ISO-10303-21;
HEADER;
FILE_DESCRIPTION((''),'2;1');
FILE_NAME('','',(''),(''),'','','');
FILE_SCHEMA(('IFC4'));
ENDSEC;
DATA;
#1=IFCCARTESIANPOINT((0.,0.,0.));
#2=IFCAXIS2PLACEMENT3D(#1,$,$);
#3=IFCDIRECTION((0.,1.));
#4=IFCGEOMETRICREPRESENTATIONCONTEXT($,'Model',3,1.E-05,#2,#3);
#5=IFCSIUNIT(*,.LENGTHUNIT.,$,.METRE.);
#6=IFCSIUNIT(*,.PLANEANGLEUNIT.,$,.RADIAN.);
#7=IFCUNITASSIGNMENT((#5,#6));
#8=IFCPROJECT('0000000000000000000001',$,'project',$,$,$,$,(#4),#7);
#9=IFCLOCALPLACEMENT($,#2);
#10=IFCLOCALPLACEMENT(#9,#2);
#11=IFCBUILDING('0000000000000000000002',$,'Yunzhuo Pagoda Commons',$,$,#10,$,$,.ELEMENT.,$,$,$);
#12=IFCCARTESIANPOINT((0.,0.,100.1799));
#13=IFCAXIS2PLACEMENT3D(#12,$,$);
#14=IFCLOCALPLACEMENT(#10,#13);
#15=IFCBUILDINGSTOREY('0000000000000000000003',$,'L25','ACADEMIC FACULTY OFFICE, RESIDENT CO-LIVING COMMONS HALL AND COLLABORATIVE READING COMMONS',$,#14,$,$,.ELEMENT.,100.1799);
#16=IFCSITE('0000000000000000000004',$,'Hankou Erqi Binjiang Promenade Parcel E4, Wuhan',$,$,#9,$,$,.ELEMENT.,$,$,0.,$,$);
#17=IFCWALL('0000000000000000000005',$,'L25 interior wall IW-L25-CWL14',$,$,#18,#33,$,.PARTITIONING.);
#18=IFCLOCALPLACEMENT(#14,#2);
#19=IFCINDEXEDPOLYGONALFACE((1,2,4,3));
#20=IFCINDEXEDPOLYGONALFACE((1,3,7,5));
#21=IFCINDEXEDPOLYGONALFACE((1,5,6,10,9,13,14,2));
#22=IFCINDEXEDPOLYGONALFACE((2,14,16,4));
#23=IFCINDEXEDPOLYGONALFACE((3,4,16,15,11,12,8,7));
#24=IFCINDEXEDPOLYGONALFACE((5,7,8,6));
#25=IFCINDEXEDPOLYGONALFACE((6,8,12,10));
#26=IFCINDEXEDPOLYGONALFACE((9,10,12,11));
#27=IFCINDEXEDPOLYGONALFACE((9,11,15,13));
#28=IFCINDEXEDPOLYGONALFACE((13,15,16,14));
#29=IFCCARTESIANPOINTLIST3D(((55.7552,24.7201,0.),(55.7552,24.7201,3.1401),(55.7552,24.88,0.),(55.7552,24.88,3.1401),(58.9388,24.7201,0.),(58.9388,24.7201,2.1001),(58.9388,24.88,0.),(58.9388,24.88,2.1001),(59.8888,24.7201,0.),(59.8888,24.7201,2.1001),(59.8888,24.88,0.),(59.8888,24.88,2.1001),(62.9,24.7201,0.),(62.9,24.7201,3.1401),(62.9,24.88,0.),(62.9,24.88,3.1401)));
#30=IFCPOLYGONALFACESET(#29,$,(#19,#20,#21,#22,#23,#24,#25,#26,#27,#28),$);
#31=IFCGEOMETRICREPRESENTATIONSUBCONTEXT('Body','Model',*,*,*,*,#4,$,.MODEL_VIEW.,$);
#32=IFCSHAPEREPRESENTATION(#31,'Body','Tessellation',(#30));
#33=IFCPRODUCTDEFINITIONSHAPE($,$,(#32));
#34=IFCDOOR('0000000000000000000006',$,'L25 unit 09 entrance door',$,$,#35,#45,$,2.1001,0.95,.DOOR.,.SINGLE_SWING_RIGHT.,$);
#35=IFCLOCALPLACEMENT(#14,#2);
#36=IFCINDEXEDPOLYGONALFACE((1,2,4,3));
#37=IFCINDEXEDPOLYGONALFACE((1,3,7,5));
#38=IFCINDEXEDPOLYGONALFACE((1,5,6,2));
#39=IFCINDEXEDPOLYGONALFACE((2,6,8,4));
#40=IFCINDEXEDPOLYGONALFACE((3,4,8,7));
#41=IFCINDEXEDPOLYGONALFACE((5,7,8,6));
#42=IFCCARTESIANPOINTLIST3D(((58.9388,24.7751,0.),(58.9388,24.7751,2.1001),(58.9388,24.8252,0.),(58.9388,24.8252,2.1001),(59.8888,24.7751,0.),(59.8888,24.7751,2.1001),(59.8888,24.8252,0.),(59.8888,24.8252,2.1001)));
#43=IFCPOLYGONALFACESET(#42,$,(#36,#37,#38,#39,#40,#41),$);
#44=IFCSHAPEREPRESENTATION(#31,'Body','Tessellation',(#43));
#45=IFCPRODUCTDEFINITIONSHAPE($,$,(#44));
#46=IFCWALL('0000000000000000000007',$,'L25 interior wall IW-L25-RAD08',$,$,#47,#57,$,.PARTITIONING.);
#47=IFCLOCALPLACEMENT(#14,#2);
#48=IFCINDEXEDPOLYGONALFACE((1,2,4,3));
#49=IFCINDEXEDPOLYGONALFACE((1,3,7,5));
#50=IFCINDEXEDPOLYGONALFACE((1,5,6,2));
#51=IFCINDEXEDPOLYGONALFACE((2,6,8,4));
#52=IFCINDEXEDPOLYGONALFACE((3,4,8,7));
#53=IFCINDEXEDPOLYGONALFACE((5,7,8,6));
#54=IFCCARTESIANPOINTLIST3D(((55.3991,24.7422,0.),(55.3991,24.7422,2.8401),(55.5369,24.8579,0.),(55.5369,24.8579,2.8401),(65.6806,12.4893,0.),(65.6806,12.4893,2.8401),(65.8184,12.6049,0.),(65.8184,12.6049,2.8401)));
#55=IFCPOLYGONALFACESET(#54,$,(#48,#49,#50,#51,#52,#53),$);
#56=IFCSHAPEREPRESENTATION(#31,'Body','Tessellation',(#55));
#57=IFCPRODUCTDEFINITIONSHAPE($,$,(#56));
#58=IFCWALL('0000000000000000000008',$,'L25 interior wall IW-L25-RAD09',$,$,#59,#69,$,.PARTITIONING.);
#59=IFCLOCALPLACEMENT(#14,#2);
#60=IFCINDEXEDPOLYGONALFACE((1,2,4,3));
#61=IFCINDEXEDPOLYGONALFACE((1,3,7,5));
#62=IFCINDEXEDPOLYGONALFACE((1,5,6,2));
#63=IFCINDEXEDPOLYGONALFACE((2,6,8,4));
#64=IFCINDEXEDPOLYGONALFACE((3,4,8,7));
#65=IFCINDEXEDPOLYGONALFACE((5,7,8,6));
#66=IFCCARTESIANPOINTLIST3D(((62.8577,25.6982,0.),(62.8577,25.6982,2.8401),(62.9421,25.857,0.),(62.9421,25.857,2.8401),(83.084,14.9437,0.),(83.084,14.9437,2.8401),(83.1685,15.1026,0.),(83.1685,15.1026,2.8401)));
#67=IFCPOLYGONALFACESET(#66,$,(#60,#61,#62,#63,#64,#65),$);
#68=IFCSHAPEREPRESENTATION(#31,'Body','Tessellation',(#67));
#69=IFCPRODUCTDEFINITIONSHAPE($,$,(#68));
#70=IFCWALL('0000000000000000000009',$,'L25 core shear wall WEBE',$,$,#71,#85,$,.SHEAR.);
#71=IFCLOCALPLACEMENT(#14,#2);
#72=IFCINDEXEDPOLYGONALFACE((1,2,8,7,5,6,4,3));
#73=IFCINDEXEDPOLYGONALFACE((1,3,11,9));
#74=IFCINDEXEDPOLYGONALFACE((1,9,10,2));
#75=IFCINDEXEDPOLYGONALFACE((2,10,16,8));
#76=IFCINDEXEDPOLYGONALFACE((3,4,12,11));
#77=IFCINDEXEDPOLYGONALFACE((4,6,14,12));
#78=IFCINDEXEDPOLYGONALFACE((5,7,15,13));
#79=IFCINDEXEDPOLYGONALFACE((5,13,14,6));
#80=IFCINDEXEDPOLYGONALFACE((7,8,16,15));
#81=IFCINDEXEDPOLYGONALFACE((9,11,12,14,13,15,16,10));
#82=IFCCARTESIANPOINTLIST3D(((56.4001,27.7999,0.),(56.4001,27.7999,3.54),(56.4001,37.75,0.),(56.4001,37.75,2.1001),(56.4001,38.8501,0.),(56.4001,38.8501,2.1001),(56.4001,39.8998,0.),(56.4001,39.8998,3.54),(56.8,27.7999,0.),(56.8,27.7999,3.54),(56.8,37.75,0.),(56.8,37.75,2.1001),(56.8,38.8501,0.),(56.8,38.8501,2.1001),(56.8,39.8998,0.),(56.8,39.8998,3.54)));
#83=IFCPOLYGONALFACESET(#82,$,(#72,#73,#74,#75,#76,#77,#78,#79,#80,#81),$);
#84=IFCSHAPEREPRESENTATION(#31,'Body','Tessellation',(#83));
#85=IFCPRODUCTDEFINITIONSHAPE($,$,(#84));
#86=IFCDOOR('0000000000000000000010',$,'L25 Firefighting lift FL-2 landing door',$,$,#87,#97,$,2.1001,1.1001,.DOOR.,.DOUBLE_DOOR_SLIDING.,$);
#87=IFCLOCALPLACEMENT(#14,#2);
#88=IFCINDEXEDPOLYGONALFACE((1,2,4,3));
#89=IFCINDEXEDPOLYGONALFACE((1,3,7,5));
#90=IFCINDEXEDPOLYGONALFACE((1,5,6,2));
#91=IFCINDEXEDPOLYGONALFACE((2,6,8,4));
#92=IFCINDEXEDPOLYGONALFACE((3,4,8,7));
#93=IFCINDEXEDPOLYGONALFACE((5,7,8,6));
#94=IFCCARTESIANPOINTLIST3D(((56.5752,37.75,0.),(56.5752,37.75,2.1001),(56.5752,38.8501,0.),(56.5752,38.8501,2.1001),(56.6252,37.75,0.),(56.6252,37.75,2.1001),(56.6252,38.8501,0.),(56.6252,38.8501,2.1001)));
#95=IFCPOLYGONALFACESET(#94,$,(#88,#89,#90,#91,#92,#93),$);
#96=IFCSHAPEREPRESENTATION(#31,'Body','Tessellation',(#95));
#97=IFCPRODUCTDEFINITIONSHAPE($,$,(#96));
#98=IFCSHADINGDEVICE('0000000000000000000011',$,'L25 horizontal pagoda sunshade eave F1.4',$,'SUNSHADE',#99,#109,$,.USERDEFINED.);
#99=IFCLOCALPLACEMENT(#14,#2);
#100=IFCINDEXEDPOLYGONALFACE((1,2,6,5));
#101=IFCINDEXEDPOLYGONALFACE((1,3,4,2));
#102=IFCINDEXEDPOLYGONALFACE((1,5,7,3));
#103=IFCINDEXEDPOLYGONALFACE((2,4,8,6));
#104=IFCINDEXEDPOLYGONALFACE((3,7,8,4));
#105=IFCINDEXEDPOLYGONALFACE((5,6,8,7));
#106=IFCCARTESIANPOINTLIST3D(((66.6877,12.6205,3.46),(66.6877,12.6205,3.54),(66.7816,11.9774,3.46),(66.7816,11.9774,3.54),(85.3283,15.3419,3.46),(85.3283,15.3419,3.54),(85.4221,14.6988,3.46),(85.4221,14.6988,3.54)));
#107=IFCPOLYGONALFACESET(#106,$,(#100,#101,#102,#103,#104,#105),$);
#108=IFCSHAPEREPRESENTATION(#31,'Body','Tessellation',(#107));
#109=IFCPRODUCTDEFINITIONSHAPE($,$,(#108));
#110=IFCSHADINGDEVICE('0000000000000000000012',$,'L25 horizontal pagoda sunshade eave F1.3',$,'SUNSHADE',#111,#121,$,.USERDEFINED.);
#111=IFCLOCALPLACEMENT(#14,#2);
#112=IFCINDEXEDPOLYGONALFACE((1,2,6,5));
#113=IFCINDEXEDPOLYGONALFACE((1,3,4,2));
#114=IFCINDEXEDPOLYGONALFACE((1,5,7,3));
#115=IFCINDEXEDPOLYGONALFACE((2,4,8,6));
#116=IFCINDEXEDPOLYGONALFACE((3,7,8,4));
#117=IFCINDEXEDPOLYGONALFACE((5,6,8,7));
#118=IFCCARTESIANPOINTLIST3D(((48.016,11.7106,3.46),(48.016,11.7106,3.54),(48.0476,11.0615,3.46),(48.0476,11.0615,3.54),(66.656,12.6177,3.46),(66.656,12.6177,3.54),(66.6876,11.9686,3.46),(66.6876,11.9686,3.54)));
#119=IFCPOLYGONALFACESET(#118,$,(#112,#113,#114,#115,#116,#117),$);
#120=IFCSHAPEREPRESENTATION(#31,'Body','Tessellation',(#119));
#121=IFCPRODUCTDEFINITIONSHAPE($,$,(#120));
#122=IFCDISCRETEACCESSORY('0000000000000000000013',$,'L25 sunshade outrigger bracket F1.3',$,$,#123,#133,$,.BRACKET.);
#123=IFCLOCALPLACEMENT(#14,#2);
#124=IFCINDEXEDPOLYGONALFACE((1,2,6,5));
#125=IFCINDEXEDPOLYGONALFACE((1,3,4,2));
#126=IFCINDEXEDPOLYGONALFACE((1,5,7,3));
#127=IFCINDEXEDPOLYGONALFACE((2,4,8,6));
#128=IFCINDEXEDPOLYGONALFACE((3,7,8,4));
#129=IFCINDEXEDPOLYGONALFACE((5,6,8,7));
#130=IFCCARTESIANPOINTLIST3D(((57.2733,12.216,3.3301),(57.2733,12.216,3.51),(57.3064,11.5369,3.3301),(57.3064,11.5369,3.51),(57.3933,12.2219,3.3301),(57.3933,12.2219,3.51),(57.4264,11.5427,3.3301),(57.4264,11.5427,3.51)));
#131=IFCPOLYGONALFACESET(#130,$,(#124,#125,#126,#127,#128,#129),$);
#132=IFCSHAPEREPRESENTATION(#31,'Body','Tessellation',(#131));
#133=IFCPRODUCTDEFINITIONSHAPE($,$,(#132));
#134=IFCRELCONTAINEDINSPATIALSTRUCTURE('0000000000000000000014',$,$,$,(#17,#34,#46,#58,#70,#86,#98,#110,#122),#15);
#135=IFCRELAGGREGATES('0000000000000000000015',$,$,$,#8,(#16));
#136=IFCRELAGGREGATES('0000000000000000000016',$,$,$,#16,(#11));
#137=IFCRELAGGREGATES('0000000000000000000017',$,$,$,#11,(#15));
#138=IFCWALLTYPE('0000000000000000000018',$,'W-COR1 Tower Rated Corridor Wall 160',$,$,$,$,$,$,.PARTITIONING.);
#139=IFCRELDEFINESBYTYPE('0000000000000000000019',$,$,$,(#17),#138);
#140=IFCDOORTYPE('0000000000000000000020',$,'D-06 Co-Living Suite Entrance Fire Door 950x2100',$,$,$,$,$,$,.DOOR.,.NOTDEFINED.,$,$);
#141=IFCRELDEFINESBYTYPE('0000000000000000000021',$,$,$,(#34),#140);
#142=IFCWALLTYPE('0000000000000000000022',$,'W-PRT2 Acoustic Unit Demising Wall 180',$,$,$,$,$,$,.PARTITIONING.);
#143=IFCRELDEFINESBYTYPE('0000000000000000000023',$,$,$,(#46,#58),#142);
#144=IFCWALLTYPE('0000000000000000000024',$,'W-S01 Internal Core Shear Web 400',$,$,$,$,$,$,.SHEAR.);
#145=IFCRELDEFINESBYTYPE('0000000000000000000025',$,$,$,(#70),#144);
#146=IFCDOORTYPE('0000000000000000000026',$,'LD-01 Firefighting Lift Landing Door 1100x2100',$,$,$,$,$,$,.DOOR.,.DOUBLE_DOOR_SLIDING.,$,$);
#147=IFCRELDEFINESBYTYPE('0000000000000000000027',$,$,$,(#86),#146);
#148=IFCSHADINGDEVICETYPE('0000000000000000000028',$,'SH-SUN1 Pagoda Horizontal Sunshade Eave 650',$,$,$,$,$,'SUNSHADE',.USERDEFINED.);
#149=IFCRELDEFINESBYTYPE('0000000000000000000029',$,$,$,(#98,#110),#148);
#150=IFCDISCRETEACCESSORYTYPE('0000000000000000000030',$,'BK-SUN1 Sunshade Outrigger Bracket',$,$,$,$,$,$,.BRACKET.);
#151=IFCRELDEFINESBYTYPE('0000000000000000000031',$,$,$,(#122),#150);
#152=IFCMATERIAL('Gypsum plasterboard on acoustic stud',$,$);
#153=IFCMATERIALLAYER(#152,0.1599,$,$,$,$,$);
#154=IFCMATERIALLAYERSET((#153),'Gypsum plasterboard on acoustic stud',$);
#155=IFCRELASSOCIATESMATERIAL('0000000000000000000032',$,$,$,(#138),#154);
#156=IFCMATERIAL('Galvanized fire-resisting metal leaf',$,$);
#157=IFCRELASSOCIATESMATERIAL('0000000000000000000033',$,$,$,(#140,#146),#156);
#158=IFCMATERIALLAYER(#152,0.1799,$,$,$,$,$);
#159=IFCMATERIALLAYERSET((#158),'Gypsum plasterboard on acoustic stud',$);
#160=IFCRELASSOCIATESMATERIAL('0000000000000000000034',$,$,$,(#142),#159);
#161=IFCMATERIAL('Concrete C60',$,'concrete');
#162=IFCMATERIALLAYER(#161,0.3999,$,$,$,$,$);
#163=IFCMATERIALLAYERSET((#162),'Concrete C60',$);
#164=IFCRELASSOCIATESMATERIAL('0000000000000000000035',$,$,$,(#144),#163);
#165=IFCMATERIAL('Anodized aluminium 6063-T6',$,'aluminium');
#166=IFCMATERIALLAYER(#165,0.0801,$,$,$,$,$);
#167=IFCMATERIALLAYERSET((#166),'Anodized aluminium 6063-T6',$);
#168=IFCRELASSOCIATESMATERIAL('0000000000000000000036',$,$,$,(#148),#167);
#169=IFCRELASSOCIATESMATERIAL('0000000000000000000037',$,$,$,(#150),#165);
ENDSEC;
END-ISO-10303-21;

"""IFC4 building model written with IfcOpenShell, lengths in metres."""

from ifc_helpers import new_model, si_unit, direction, frame, frame_2d, origin, origin_with_axes, origin_2d, place, context, subcontext, project, spatial, rectangle, extrude, source, transform, mapped, material, layer, layer_set, type_object, element, fill, save


model = new_model("IFC4")

# Units and contexts
model_context = context("Model", 3, precision=1e-05, world=origin(), true_north=direction((0.0, 1.0)))
body_context = subcontext(model_context, "Body", "Model", "MODEL_VIEW")
ifc_project = project(units=[si_unit("LENGTHUNIT", "METRE"), si_unit("PLANEANGLEUNIT", "RADIAN")], contexts=[model_context])

# Site, building, storey
site_placement = place(None, origin())
site = spatial("IfcSite", under=ifc_project, at=site_placement, Name="Hankou Erqi Binjiang Promenade Parcel E4, Wuhan", CompositionType="ELEMENT", RefElevation=0.0)
building_placement = place(site_placement, origin())
building = spatial("IfcBuilding", under=site, at=building_placement, Name="Yunzhuo Pagoda Commons", CompositionType="ELEMENT")
storey_placement = place(building_placement, frame((0.0, 0.0, 100.1799)))
storey = spatial("IfcBuildingStorey", under=building, at=storey_placement, Name="L25", Description="ACADEMIC FACULTY OFFICE, RESIDENT CO-LIVING COMMONS HALL AND COLLABORATIVE READING COMMONS", CompositionType="ELEMENT", Elevation=100.1799)

# Shared definitions
ifc_material_1 = material(Name="Anodized aluminium 6063-T6", Category="aluminium")

# Shared definitions
ifc_material_2 = material(Name="Concrete C60", Category="concrete")
ifc_material_3 = material(Name="Gypsum plasterboard on acoustic stud")
ifc_layer_1 = layer(ifc_material_3, 0.1599)
ifc_layer_set_1 = layer_set([ifc_layer_1], Name="Gypsum plasterboard on acoustic stud")
wall_type_1 = type_object("IfcWallType", Name="W-COR1 Tower Rated Corridor Wall 160", PredefinedType="PARTITIONING", material=ifc_layer_set_1)

# Wall, opening, door
wall_1_placement = place(storey_placement, frame((62.8999, 24.8, 0.0), z_axis=(0.0, 0.0, 1.0), x_axis=(-1.0, 0.0, 0.0)))
wall_1 = element("IfcWall", 1, at=wall_1_placement, inside=storey, type_object=wall_type_1, Name="L25 interior wall IW-L25-CWL14", PredefinedType="PARTITIONING", context=body_context, shape_type="SweptSolid", body=[
    extrude(rectangle(XDim=7.1448, YDim=0.1599, at=frame_2d((3.5723, 0.0))), origin(), (0.0, 0.0, 1.0), 3.1401),
])
opening_1_placement = place(wall_1_placement, frame((3.011, 0.0, 0.0)))
opening_1 = element("IfcOpeningElement", 2, at=opening_1_placement, cuts=wall_1, PredefinedType="OPENING", context=body_context, shape_type="SweptSolid", body=[
    extrude(rectangle(XDim=0.95, YDim=2.1001, at=frame_2d((0.4751, 1.05))), frame((0.0, 0.0898, 0.0), z_axis=(0.0, -1.0, 0.0), x_axis=(1.0, 0.0, 0.0)), (0.0, 0.0, 1.0), 0.1799),
])
ifc_material_4 = material(Name="Galvanized fire-resisting metal leaf")
door_type_1 = type_object("IfcDoorType", Name="D-06 Co-Living Suite Entrance Fire Door 950x2100", OperationType="NOTDEFINED", PredefinedType="DOOR", material=ifc_material_4)
shared_shape_1 = source(origin(), body_context, "Body", "SweptSolid", [
    extrude(rectangle(XDim=0.95, YDim=2.1001, at=frame_2d((0.4751, 1.05))), frame((0.0, 0.0249, 0.0), z_axis=(0.0, -1.0, 0.0), x_axis=(1.0, 0.0, 0.0)), (0.0, 0.0, 1.0), 0.05),
])
door_1_placement = place(opening_1_placement, origin_with_axes())
door_1 = element("IfcDoor", 3, at=door_1_placement, inside=storey, type_object=door_type_1, Name="L25 unit 09 entrance door", OperationType="SINGLE_SWING_RIGHT", OverallHeight=2.1001, OverallWidth=0.95, PredefinedType="DOOR", context=body_context, shape_type="MappedRepresentation", body=[
    mapped(shared_shape_1, transform((0.0, 0.0, 0.0), scale=1.0)),
])
fill(opening_1, door_1)

# Walls
ifc_layer_2 = layer(ifc_material_3, 0.1799)
ifc_layer_set_2 = layer_set([ifc_layer_2], Name="Gypsum plasterboard on acoustic stud")
wall_type_2 = type_object("IfcWallType", Name="W-PRT2 Acoustic Unit Demising Wall 180", PredefinedType="PARTITIONING", material=ifc_layer_set_2)
wall_2_placement = place(storey_placement, frame((55.468, 24.8, 0.0), z_axis=(0.0, 0.0, 1.0), x_axis=(0.64279, -0.766042, 0.0)))
element("IfcWall", 4, at=wall_2_placement, inside=storey, type_object=wall_type_2, Name="L25 interior wall IW-L25-RAD08", PredefinedType="PARTITIONING", context=body_context, shape_type="SweptSolid", body=[
    extrude(rectangle(XDim=15.9951, YDim=0.1799, at=frame_2d((7.9976, 0.0))), origin(), (0.0, 0.0, 1.0), 2.8401),
])
wall_3_placement = place(storey_placement, frame((62.8999, 25.7776, 0.0), z_axis=(0.0, 0.0, 1.0), x_axis=(0.88295, -0.469467, 0.0)))
element("IfcWall", 5, at=wall_3_placement, inside=storey, type_object=wall_type_2, Name="L25 interior wall IW-L25-RAD09", PredefinedType="PARTITIONING", context=body_context, shape_type="SweptSolid", body=[
    extrude(rectangle(XDim=22.9077, YDim=0.1799, at=frame_2d((11.4539, 0.0))), origin(), (0.0, 0.0, 1.0), 2.8401),
])

# Wall, opening, door
ifc_layer_3 = layer(ifc_material_2, 0.3999)
ifc_layer_set_3 = layer_set([ifc_layer_3], Name="Concrete C60")
wall_type_3 = type_object("IfcWallType", Name="W-S01 Internal Core Shear Web 400", PredefinedType="SHEAR", material=ifc_layer_set_3)
wall_4_placement = place(storey_placement, frame((56.6001, 27.8, 0.0), z_axis=(0.0, 0.0, 1.0), x_axis=(0.0, 1.0, 0.0)))
wall_4 = element("IfcWall", 6, at=wall_4_placement, inside=storey, type_object=wall_type_3, Name="L25 core shear wall WEBE", PredefinedType="SHEAR", context=body_context, shape_type="SweptSolid", body=[
    extrude(rectangle(XDim=12.0999, YDim=0.3999, at=frame_2d((6.0498, 0.0))), origin(), (0.0, 0.0, 1.0), 3.54),
])
opening_2_placement = place(wall_4_placement, frame((9.95, 0.0, 0.0)))
opening_2 = element("IfcOpeningElement", 7, at=opening_2_placement, cuts=wall_4, PredefinedType="OPENING", context=body_context, shape_type="SweptSolid", body=[
    extrude(rectangle(XDim=1.1001, YDim=2.1001, at=frame_2d((0.55, 1.05))), frame((0.0, 0.21, 0.0), z_axis=(0.0, -1.0, 0.0), x_axis=(1.0, 0.0, 0.0)), (0.0, 0.0, 1.0), 0.4199),
])
door_type_2 = type_object("IfcDoorType", Name="LD-01 Firefighting Lift Landing Door 1100x2100", OperationType="DOUBLE_DOOR_SLIDING", PredefinedType="DOOR", material=ifc_material_4)
shared_shape_2 = source(origin(), body_context, "Body", "SweptSolid", [
    extrude(rectangle(XDim=1.1001, YDim=2.1001, at=frame_2d((0.55, 1.05))), frame((0.0, 0.0249, 0.0), z_axis=(0.0, -1.0, 0.0), x_axis=(1.0, 0.0, 0.0)), (0.0, 0.0, 1.0), 0.05),
])
door_2_placement = place(opening_2_placement, origin_with_axes())
door_2 = element("IfcDoor", 8, at=door_2_placement, inside=storey, type_object=door_type_2, Name="L25 Firefighting lift FL-2 landing door", OperationType="DOUBLE_DOOR_SLIDING", OverallHeight=2.1001, OverallWidth=1.1001, PredefinedType="DOOR", context=body_context, shape_type="MappedRepresentation", body=[
    mapped(shared_shape_2, transform((0.0, 0.0, 0.0), scale=1.0)),
])
fill(opening_2, door_2)

# Shading devices
ifc_layer_4 = layer(ifc_material_1, 0.0801)
ifc_layer_set_4 = layer_set([ifc_layer_4], Name="Anodized aluminium 6063-T6")
shading_device_type = type_object("IfcShadingDeviceType", Name="SH-SUN1 Pagoda Horizontal Sunshade Eave 650", ElementType="SUNSHADE", PredefinedType="USERDEFINED", material=ifc_layer_set_4)
shared_shape_3 = source(origin(), body_context, "Body", "SweptSolid", [
    extrude(rectangle(XDim=18.8381, YDim=0.6499, at=origin_2d()), origin(), (0.0, 0.0, 1.0), 0.0801),
])
shading_device_1_placement = place(storey_placement, frame((76.0549, 13.6597, 3.46), z_axis=(0.0, 0.0, 1.0), x_axis=(0.989511, 0.14446, 0.0)))
element("IfcShadingDevice", 9, at=shading_device_1_placement, inside=storey, type_object=shading_device_type, Name="L25 horizontal pagoda sunshade eave F1.4", ObjectType="SUNSHADE", PredefinedType="USERDEFINED", context=body_context, shape_type="MappedRepresentation", body=[
    mapped(shared_shape_3, transform((0.0, 0.0, 0.0), scale=1.0)),
])
shared_shape_4 = source(origin(), body_context, "Body", "SweptSolid", [
    extrude(rectangle(XDim=18.6621, YDim=0.6499, at=origin_2d()), origin(), (0.0, 0.0, 1.0), 0.0801),
])
shading_device_2_placement = place(storey_placement, frame((57.3518, 11.8396, 3.46), z_axis=(0.0, 0.0, 1.0), x_axis=(0.998818, 0.048606, 0.0)))
element("IfcShadingDevice", 10, at=shading_device_2_placement, inside=storey, type_object=shading_device_type, Name="L25 horizontal pagoda sunshade eave F1.3", ObjectType="SUNSHADE", PredefinedType="USERDEFINED", context=body_context, shape_type="MappedRepresentation", body=[
    mapped(shared_shape_4, transform((0.0, 0.0, 0.0), scale=1.0)),
])

# Discrete accessory
discrete_accessory_type = type_object("IfcDiscreteAccessoryType", Name="BK-SUN1 Sunshade Outrigger Bracket", PredefinedType="BRACKET", material=ifc_material_1)
shared_shape_5 = source(origin(), body_context, "Body", "SweptSolid", [
    extrude(rectangle(XDim=0.1201, YDim=0.6799, at=origin_2d()), origin(), (0.0, 0.0, 1.0), 0.1799),
])
discrete_accessory_placement = place(storey_placement, frame((57.3499, 11.8794, 3.3301), z_axis=(0.0, 0.0, 1.0), x_axis=(0.998818, 0.048606, 0.0)))
element("IfcDiscreteAccessory", 11, at=discrete_accessory_placement, inside=storey, type_object=discrete_accessory_type, Name="L25 sunshade outrigger bracket F1.3", PredefinedType="BRACKET", context=body_context, shape_type="MappedRepresentation", body=[
    mapped(shared_shape_5, transform((0.0, 0.0, 0.0), scale=1.0)),
])

save(model, "model.ifc")
